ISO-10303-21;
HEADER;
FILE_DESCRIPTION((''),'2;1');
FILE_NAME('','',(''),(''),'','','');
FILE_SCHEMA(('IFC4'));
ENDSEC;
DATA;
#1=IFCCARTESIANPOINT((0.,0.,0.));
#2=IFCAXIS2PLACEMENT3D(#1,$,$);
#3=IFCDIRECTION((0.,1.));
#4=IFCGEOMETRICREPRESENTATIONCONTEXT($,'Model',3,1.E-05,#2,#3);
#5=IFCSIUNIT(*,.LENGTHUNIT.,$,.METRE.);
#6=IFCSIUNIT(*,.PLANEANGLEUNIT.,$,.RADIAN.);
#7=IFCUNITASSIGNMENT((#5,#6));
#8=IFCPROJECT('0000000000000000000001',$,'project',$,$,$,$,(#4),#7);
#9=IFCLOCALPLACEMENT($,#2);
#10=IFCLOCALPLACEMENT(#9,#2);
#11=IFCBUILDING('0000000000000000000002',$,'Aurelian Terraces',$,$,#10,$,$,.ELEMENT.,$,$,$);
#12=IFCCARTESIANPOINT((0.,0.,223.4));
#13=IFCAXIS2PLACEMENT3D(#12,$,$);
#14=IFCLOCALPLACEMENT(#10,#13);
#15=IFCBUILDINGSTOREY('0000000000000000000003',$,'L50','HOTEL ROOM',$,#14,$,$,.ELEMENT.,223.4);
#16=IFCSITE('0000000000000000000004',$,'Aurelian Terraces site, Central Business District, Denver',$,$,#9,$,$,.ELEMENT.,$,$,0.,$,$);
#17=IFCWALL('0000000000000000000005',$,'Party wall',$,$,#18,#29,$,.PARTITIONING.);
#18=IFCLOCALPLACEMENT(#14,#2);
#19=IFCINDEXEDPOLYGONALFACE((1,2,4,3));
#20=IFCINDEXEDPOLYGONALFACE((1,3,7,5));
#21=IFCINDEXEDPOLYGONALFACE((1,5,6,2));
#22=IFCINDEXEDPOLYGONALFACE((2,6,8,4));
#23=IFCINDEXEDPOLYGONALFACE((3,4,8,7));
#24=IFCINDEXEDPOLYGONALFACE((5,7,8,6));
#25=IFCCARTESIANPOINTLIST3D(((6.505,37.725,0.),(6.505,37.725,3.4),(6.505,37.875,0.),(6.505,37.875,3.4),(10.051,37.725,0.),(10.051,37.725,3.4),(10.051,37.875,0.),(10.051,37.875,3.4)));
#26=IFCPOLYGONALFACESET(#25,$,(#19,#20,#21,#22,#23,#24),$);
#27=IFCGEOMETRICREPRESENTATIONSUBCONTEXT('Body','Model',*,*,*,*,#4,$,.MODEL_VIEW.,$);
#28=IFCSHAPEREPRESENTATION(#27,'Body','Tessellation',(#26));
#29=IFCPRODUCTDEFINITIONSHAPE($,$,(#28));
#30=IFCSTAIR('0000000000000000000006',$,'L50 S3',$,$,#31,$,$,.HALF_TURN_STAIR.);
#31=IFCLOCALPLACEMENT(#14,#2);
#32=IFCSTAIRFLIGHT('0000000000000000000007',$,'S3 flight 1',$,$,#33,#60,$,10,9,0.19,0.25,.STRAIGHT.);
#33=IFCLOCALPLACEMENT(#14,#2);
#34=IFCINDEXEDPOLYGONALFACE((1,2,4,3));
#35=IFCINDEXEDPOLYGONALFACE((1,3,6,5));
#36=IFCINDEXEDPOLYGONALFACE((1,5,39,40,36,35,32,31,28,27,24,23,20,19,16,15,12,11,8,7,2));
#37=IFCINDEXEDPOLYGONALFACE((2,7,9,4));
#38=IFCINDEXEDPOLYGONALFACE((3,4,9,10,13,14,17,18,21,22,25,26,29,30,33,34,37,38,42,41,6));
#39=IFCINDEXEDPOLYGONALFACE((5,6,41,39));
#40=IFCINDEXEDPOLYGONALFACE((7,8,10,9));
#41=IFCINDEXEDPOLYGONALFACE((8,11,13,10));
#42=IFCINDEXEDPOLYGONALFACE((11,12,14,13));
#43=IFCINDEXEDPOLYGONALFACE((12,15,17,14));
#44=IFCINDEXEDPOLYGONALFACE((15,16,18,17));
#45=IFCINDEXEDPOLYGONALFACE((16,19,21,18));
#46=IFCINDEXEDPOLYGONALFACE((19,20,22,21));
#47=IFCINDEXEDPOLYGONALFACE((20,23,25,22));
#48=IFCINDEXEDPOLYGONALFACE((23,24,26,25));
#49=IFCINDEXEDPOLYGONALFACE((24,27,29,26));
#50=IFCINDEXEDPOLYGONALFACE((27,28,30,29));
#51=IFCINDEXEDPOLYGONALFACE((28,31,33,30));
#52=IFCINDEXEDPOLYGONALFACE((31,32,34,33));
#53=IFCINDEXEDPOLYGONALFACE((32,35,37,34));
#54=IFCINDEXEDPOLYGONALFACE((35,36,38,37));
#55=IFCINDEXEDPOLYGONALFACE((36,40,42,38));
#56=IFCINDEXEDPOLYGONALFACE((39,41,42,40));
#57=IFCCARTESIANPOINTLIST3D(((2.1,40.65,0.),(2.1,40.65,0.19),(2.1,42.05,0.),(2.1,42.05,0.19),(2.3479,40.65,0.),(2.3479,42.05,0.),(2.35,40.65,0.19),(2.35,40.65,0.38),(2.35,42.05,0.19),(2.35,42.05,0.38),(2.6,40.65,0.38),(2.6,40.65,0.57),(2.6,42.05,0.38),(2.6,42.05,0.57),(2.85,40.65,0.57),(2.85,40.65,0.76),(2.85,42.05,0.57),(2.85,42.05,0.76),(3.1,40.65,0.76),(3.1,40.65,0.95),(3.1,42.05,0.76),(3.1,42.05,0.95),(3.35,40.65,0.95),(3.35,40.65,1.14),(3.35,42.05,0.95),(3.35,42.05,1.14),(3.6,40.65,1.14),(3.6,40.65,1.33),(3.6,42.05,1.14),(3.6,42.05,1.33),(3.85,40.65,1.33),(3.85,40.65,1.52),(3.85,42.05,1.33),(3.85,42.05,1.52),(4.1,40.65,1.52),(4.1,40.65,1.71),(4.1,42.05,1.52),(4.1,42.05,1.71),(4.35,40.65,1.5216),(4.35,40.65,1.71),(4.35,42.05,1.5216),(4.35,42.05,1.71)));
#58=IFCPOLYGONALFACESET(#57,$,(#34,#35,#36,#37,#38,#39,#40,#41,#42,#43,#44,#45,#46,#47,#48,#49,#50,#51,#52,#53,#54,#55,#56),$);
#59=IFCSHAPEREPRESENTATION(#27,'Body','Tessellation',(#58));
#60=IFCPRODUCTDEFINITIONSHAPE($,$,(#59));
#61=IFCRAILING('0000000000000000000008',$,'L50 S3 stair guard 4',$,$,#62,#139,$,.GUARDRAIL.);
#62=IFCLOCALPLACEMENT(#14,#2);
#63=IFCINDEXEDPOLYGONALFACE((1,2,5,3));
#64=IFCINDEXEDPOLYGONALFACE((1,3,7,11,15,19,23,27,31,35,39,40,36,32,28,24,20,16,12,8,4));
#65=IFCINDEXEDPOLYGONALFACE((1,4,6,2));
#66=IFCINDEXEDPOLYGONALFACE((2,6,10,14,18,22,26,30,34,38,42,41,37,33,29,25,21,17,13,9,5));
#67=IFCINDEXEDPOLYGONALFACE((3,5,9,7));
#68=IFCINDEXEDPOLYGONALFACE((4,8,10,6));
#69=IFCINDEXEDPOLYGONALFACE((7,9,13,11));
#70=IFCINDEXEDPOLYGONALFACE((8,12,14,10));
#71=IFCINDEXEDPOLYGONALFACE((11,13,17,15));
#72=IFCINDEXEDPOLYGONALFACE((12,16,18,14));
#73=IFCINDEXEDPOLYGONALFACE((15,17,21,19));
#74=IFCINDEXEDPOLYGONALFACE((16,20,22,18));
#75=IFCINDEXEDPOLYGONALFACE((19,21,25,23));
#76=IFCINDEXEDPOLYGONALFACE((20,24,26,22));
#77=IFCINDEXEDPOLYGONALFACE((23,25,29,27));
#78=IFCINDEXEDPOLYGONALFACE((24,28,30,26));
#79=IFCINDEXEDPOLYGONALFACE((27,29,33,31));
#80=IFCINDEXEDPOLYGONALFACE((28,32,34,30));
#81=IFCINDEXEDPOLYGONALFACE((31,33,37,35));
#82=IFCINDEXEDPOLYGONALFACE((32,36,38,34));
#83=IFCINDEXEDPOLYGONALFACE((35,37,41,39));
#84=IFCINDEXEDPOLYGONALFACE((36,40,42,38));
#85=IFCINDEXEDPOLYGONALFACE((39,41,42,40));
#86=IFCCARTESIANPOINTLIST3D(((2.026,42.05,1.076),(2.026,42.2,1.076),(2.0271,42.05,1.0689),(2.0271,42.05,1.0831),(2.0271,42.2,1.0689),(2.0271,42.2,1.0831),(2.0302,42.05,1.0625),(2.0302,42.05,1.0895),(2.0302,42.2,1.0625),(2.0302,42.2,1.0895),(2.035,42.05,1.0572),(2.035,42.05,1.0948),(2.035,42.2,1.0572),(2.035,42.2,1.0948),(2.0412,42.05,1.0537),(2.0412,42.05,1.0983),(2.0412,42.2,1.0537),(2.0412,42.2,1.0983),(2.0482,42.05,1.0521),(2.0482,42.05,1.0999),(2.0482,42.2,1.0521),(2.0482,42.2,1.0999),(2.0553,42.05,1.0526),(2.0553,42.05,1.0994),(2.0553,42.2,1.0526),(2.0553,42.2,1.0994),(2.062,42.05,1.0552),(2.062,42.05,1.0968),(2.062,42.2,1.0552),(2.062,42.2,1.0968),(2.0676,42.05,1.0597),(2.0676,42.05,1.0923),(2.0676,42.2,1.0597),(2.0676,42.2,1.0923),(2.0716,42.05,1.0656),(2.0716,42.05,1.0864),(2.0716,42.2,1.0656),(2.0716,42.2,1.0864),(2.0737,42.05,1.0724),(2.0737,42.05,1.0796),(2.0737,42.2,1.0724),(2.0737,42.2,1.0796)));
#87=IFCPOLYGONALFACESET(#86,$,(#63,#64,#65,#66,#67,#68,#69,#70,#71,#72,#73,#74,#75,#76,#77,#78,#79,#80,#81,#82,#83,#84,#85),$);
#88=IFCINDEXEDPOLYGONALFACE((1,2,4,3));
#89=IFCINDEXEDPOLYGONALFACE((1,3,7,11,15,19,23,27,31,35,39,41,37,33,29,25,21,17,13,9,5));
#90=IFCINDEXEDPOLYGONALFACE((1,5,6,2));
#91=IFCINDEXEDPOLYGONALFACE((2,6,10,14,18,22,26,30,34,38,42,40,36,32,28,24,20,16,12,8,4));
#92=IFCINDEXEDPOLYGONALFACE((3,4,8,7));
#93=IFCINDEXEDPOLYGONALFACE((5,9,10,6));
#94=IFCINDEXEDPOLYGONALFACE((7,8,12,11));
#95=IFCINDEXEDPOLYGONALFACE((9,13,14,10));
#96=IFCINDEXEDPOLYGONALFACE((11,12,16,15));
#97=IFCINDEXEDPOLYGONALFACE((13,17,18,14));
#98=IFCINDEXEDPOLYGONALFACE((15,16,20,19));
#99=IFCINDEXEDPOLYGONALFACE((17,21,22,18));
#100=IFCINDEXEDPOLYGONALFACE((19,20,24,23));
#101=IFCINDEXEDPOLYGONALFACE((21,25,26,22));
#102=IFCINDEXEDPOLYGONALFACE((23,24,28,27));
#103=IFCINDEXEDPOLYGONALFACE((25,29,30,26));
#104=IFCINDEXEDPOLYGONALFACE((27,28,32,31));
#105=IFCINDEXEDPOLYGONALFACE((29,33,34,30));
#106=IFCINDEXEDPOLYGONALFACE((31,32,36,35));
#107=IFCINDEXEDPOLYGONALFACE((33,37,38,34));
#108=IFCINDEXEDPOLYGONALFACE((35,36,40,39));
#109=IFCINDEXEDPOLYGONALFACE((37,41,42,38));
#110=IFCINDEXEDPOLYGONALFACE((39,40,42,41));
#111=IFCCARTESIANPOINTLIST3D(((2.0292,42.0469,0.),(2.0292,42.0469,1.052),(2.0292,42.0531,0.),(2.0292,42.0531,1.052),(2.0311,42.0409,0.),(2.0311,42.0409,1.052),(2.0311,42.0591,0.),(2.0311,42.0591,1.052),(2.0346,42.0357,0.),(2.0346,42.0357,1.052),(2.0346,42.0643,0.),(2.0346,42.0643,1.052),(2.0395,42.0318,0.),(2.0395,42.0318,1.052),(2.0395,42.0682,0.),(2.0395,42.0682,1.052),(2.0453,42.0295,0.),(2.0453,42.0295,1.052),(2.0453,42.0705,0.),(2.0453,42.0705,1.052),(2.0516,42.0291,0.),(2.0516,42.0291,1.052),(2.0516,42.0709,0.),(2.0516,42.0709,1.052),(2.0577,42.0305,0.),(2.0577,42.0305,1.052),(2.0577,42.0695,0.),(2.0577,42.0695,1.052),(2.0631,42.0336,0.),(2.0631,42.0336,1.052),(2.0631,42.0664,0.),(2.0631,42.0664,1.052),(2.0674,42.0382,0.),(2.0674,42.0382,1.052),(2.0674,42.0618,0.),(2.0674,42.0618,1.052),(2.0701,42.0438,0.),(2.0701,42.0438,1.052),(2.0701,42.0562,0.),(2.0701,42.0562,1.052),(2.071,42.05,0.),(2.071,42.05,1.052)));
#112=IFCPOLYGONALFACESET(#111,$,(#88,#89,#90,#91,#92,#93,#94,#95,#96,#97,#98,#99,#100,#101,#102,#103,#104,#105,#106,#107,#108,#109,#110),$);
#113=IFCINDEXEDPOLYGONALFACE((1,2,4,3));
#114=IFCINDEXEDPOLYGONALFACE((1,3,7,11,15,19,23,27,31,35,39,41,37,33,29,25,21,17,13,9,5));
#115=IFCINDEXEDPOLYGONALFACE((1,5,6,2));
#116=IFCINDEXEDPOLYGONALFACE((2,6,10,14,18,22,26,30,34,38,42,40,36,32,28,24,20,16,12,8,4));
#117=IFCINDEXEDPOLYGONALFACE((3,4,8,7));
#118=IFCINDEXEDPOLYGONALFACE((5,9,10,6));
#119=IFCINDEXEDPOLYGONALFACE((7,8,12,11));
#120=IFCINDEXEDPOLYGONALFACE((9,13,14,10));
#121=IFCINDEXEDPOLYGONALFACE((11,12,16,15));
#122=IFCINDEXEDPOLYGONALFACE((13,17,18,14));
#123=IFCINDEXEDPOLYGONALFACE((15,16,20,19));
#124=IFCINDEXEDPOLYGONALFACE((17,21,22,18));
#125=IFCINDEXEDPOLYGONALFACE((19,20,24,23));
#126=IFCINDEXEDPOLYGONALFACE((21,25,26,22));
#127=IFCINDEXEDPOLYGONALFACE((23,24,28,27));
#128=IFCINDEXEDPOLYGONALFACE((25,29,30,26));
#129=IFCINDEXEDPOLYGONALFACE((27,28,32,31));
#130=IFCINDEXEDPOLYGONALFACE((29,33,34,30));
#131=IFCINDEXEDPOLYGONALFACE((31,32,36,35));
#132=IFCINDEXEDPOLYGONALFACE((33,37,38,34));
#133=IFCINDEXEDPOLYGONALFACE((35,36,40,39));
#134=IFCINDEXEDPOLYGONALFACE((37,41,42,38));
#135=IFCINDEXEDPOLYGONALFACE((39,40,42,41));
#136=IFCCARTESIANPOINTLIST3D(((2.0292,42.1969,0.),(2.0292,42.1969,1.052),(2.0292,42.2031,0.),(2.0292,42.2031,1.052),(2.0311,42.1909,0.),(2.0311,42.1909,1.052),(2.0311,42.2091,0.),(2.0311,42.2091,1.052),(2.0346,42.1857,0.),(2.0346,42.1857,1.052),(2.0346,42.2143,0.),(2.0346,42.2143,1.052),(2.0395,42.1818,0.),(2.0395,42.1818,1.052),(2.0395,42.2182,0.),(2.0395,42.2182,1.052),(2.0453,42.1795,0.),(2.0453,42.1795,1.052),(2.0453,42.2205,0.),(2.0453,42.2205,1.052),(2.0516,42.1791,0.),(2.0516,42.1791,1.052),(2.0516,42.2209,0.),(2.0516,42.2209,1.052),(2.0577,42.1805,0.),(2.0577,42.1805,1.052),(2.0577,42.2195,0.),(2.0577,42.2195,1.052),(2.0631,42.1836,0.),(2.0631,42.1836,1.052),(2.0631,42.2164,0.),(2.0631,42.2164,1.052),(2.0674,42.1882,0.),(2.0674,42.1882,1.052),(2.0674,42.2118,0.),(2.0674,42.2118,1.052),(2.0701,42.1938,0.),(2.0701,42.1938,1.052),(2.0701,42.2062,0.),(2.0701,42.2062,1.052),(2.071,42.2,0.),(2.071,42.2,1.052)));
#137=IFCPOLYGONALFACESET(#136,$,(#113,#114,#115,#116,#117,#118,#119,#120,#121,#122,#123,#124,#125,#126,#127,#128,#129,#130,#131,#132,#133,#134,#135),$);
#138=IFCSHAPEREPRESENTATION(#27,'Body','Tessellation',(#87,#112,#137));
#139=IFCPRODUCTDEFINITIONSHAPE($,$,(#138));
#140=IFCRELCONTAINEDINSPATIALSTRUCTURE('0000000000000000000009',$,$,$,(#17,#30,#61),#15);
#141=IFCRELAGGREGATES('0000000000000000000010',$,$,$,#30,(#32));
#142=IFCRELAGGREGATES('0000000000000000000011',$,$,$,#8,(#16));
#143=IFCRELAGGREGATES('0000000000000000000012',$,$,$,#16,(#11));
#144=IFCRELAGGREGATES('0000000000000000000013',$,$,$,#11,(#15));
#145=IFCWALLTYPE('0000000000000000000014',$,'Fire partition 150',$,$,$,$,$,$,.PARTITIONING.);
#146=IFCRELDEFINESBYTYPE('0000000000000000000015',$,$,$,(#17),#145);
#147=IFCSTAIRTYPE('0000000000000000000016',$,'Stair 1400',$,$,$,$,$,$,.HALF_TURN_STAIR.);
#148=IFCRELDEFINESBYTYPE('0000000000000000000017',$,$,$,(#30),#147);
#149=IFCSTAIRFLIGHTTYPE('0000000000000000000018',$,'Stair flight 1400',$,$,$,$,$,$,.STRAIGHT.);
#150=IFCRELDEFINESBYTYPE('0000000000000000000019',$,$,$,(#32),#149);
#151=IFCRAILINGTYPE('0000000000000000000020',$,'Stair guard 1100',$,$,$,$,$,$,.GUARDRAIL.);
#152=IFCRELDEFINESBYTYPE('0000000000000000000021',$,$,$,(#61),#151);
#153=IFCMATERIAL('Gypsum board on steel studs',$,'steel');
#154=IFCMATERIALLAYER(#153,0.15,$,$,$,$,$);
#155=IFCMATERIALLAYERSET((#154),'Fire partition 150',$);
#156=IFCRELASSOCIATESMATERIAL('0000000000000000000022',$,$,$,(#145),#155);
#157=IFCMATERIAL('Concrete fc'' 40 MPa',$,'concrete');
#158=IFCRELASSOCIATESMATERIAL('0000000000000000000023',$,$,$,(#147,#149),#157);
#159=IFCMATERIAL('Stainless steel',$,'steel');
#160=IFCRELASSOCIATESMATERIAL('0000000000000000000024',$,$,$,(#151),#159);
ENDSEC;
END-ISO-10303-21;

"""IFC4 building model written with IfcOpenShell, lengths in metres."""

from ifc_helpers import new_model, si_unit, direction, frame, frame_2d, origin, origin_2d, place, context, subcontext, project, spatial, polyline, rectangle, circle, outline, extrude, source, transform, mapped, material, layer, layer_set, type_object, element, aggregate, save


model = new_model("IFC4")

# Units and contexts
model_context = context("Model", 3, precision=1e-05, world=origin(), true_north=direction((0.0, 1.0)))
body_context = subcontext(model_context, "Body", "Model", "MODEL_VIEW")
ifc_project = project(units=[si_unit("LENGTHUNIT", "METRE"), si_unit("PLANEANGLEUNIT", "RADIAN")], contexts=[model_context])

# Site, building, storey
site_placement = place(None, origin())
site = spatial("IfcSite", under=ifc_project, at=site_placement, Name="Aurelian Terraces site, Central Business District, Denver", CompositionType="ELEMENT", RefElevation=0.0)
building_placement = place(site_placement, origin())
building = spatial("IfcBuilding", under=site, at=building_placement, Name="Aurelian Terraces", CompositionType="ELEMENT")
storey_placement = place(building_placement, frame((0.0, 0.0, 223.4)))
storey = spatial("IfcBuildingStorey", under=building, at=storey_placement, Name="L50", Description="HOTEL ROOM", CompositionType="ELEMENT", Elevation=223.4)

# Shared definitions
ifc_material_1 = material(Name="Concrete fc' 40 MPa", Category="concrete")

# Shared definitions
ifc_material_2 = material(Name="Gypsum board on steel studs", Category="steel")

# Wall
ifc_layer_1 = layer(ifc_material_2, 0.15)
ifc_layer_set_1 = layer_set([ifc_layer_1], Name="Fire partition 150")
wall_type_1 = type_object("IfcWallType", Name="Fire partition 150", PredefinedType="PARTITIONING", material=ifc_layer_set_1)
shared_shape_1 = source(origin(), body_context, "Body", "SweptSolid", [
    extrude(rectangle(XDim=3.546, YDim=0.15, at=frame_2d((1.773, 0.0))), origin(), (0.0, 0.0, 1.0), 3.4),
])
wall_1_placement = place(storey_placement, frame((10.051, 37.8, 0.0), z_axis=(0.0, 0.0, 1.0), x_axis=(-1.0, 0.0, 0.0)))
element("IfcWall", 1, at=wall_1_placement, inside=storey, type_object=wall_type_1, Name="Party wall", PredefinedType="PARTITIONING", context=body_context, shape_type="MappedRepresentation", body=[
    mapped(shared_shape_1, transform((0.0, 0.0, 0.0), scale=1.0)),
])

# Stair, stair flight
stair_type = type_object("IfcStairType", Name="Stair 1400", PredefinedType="HALF_TURN_STAIR", material=ifc_material_1)
stair_placement = place(storey_placement, origin())
stair = element("IfcStair", 2, at=stair_placement, inside=storey, type_object=stair_type, Name="L50 S3", PredefinedType="HALF_TURN_STAIR")
stair_flight_type = type_object("IfcStairFlightType", Name="Stair flight 1400", PredefinedType="STRAIGHT", material=ifc_material_1)
shared_shape_2 = source(origin(), body_context, "Body", "SweptSolid", [
    extrude(outline(polyline([(0.0, 0.0), (0.0, 0.19), (0.25, 0.19), (0.25, 0.38), (0.5, 0.38), (0.5, 0.57), (0.75, 0.57), (0.75, 0.76), (1.0, 0.76), (1.0, 0.95), (1.25, 0.95), (1.25, 1.14), (1.5, 1.14), (1.5, 1.33), (1.75, 1.33), (1.75, 1.52), (2.0, 1.52), (2.0, 1.71), (2.25, 1.71), (2.25, 1.9), (2.25, 1.5216), (0.2479, 0.0), (0.0, 0.0)])), frame((0.0, 0.7, 0.0), z_axis=(0.0, -1.0, 0.0), x_axis=(1.0, 0.0, 0.0)), (0.0, 0.0, 1.0), 1.4),
])
stair_flight_placement = place(storey_placement, frame((2.1, 41.35, 0.0), z_axis=(0.0, 0.0, 1.0), x_axis=(1.0, 0.0, 0.0)))
stair_flight = element("IfcStairFlight", 3, at=stair_flight_placement, type_object=stair_flight_type, Name="S3 flight 1", NumberOfRisers=10, NumberOfTreads=9, PredefinedType="STRAIGHT", RiserHeight=0.19, TreadLength=0.25, context=body_context, shape_type="MappedRepresentation", body=[
    mapped(shared_shape_2, transform((0.0, 0.0, 0.0), scale=1.0)),
])
aggregate(stair, [stair_flight])

# Railing
ifc_material_3 = material(Name="Stainless steel", Category="steel")
railing_type_1 = type_object("IfcRailingType", Name="Stair guard 1100", PredefinedType="GUARDRAIL", material=ifc_material_3)
shared_shape_3 = source(origin(), body_context, "Body", "SweptSolid", [
    extrude(circle(Radius=0.024, at=origin_2d()), frame((0.0, 0.0, 1.076), z_axis=(0.0, 1.0, 0.0), x_axis=(-1.0, 0.0, 0.0)), (0.0, 0.0, 1.0), 0.15),
    extrude(circle(Radius=0.021, at=origin_2d()), origin(), (0.0, 0.0, 1.0), 1.052),
    extrude(circle(Radius=0.021, at=origin_2d()), frame((0.0, 0.15, 0.0)), (0.0, 0.0, 1.0), 1.052),
])
railing_1_placement = place(storey_placement, frame((2.05, 42.05, 0.0)))
element("IfcRailing", 4, at=railing_1_placement, inside=storey, type_object=railing_type_1, Name="L50 S3 stair guard 4", PredefinedType="GUARDRAIL", context=body_context, shape_type="MappedRepresentation", body=[
    mapped(shared_shape_3, transform((0.0, 0.0, 0.0), scale=1.0)),
])

save(model, "model.ifc")
